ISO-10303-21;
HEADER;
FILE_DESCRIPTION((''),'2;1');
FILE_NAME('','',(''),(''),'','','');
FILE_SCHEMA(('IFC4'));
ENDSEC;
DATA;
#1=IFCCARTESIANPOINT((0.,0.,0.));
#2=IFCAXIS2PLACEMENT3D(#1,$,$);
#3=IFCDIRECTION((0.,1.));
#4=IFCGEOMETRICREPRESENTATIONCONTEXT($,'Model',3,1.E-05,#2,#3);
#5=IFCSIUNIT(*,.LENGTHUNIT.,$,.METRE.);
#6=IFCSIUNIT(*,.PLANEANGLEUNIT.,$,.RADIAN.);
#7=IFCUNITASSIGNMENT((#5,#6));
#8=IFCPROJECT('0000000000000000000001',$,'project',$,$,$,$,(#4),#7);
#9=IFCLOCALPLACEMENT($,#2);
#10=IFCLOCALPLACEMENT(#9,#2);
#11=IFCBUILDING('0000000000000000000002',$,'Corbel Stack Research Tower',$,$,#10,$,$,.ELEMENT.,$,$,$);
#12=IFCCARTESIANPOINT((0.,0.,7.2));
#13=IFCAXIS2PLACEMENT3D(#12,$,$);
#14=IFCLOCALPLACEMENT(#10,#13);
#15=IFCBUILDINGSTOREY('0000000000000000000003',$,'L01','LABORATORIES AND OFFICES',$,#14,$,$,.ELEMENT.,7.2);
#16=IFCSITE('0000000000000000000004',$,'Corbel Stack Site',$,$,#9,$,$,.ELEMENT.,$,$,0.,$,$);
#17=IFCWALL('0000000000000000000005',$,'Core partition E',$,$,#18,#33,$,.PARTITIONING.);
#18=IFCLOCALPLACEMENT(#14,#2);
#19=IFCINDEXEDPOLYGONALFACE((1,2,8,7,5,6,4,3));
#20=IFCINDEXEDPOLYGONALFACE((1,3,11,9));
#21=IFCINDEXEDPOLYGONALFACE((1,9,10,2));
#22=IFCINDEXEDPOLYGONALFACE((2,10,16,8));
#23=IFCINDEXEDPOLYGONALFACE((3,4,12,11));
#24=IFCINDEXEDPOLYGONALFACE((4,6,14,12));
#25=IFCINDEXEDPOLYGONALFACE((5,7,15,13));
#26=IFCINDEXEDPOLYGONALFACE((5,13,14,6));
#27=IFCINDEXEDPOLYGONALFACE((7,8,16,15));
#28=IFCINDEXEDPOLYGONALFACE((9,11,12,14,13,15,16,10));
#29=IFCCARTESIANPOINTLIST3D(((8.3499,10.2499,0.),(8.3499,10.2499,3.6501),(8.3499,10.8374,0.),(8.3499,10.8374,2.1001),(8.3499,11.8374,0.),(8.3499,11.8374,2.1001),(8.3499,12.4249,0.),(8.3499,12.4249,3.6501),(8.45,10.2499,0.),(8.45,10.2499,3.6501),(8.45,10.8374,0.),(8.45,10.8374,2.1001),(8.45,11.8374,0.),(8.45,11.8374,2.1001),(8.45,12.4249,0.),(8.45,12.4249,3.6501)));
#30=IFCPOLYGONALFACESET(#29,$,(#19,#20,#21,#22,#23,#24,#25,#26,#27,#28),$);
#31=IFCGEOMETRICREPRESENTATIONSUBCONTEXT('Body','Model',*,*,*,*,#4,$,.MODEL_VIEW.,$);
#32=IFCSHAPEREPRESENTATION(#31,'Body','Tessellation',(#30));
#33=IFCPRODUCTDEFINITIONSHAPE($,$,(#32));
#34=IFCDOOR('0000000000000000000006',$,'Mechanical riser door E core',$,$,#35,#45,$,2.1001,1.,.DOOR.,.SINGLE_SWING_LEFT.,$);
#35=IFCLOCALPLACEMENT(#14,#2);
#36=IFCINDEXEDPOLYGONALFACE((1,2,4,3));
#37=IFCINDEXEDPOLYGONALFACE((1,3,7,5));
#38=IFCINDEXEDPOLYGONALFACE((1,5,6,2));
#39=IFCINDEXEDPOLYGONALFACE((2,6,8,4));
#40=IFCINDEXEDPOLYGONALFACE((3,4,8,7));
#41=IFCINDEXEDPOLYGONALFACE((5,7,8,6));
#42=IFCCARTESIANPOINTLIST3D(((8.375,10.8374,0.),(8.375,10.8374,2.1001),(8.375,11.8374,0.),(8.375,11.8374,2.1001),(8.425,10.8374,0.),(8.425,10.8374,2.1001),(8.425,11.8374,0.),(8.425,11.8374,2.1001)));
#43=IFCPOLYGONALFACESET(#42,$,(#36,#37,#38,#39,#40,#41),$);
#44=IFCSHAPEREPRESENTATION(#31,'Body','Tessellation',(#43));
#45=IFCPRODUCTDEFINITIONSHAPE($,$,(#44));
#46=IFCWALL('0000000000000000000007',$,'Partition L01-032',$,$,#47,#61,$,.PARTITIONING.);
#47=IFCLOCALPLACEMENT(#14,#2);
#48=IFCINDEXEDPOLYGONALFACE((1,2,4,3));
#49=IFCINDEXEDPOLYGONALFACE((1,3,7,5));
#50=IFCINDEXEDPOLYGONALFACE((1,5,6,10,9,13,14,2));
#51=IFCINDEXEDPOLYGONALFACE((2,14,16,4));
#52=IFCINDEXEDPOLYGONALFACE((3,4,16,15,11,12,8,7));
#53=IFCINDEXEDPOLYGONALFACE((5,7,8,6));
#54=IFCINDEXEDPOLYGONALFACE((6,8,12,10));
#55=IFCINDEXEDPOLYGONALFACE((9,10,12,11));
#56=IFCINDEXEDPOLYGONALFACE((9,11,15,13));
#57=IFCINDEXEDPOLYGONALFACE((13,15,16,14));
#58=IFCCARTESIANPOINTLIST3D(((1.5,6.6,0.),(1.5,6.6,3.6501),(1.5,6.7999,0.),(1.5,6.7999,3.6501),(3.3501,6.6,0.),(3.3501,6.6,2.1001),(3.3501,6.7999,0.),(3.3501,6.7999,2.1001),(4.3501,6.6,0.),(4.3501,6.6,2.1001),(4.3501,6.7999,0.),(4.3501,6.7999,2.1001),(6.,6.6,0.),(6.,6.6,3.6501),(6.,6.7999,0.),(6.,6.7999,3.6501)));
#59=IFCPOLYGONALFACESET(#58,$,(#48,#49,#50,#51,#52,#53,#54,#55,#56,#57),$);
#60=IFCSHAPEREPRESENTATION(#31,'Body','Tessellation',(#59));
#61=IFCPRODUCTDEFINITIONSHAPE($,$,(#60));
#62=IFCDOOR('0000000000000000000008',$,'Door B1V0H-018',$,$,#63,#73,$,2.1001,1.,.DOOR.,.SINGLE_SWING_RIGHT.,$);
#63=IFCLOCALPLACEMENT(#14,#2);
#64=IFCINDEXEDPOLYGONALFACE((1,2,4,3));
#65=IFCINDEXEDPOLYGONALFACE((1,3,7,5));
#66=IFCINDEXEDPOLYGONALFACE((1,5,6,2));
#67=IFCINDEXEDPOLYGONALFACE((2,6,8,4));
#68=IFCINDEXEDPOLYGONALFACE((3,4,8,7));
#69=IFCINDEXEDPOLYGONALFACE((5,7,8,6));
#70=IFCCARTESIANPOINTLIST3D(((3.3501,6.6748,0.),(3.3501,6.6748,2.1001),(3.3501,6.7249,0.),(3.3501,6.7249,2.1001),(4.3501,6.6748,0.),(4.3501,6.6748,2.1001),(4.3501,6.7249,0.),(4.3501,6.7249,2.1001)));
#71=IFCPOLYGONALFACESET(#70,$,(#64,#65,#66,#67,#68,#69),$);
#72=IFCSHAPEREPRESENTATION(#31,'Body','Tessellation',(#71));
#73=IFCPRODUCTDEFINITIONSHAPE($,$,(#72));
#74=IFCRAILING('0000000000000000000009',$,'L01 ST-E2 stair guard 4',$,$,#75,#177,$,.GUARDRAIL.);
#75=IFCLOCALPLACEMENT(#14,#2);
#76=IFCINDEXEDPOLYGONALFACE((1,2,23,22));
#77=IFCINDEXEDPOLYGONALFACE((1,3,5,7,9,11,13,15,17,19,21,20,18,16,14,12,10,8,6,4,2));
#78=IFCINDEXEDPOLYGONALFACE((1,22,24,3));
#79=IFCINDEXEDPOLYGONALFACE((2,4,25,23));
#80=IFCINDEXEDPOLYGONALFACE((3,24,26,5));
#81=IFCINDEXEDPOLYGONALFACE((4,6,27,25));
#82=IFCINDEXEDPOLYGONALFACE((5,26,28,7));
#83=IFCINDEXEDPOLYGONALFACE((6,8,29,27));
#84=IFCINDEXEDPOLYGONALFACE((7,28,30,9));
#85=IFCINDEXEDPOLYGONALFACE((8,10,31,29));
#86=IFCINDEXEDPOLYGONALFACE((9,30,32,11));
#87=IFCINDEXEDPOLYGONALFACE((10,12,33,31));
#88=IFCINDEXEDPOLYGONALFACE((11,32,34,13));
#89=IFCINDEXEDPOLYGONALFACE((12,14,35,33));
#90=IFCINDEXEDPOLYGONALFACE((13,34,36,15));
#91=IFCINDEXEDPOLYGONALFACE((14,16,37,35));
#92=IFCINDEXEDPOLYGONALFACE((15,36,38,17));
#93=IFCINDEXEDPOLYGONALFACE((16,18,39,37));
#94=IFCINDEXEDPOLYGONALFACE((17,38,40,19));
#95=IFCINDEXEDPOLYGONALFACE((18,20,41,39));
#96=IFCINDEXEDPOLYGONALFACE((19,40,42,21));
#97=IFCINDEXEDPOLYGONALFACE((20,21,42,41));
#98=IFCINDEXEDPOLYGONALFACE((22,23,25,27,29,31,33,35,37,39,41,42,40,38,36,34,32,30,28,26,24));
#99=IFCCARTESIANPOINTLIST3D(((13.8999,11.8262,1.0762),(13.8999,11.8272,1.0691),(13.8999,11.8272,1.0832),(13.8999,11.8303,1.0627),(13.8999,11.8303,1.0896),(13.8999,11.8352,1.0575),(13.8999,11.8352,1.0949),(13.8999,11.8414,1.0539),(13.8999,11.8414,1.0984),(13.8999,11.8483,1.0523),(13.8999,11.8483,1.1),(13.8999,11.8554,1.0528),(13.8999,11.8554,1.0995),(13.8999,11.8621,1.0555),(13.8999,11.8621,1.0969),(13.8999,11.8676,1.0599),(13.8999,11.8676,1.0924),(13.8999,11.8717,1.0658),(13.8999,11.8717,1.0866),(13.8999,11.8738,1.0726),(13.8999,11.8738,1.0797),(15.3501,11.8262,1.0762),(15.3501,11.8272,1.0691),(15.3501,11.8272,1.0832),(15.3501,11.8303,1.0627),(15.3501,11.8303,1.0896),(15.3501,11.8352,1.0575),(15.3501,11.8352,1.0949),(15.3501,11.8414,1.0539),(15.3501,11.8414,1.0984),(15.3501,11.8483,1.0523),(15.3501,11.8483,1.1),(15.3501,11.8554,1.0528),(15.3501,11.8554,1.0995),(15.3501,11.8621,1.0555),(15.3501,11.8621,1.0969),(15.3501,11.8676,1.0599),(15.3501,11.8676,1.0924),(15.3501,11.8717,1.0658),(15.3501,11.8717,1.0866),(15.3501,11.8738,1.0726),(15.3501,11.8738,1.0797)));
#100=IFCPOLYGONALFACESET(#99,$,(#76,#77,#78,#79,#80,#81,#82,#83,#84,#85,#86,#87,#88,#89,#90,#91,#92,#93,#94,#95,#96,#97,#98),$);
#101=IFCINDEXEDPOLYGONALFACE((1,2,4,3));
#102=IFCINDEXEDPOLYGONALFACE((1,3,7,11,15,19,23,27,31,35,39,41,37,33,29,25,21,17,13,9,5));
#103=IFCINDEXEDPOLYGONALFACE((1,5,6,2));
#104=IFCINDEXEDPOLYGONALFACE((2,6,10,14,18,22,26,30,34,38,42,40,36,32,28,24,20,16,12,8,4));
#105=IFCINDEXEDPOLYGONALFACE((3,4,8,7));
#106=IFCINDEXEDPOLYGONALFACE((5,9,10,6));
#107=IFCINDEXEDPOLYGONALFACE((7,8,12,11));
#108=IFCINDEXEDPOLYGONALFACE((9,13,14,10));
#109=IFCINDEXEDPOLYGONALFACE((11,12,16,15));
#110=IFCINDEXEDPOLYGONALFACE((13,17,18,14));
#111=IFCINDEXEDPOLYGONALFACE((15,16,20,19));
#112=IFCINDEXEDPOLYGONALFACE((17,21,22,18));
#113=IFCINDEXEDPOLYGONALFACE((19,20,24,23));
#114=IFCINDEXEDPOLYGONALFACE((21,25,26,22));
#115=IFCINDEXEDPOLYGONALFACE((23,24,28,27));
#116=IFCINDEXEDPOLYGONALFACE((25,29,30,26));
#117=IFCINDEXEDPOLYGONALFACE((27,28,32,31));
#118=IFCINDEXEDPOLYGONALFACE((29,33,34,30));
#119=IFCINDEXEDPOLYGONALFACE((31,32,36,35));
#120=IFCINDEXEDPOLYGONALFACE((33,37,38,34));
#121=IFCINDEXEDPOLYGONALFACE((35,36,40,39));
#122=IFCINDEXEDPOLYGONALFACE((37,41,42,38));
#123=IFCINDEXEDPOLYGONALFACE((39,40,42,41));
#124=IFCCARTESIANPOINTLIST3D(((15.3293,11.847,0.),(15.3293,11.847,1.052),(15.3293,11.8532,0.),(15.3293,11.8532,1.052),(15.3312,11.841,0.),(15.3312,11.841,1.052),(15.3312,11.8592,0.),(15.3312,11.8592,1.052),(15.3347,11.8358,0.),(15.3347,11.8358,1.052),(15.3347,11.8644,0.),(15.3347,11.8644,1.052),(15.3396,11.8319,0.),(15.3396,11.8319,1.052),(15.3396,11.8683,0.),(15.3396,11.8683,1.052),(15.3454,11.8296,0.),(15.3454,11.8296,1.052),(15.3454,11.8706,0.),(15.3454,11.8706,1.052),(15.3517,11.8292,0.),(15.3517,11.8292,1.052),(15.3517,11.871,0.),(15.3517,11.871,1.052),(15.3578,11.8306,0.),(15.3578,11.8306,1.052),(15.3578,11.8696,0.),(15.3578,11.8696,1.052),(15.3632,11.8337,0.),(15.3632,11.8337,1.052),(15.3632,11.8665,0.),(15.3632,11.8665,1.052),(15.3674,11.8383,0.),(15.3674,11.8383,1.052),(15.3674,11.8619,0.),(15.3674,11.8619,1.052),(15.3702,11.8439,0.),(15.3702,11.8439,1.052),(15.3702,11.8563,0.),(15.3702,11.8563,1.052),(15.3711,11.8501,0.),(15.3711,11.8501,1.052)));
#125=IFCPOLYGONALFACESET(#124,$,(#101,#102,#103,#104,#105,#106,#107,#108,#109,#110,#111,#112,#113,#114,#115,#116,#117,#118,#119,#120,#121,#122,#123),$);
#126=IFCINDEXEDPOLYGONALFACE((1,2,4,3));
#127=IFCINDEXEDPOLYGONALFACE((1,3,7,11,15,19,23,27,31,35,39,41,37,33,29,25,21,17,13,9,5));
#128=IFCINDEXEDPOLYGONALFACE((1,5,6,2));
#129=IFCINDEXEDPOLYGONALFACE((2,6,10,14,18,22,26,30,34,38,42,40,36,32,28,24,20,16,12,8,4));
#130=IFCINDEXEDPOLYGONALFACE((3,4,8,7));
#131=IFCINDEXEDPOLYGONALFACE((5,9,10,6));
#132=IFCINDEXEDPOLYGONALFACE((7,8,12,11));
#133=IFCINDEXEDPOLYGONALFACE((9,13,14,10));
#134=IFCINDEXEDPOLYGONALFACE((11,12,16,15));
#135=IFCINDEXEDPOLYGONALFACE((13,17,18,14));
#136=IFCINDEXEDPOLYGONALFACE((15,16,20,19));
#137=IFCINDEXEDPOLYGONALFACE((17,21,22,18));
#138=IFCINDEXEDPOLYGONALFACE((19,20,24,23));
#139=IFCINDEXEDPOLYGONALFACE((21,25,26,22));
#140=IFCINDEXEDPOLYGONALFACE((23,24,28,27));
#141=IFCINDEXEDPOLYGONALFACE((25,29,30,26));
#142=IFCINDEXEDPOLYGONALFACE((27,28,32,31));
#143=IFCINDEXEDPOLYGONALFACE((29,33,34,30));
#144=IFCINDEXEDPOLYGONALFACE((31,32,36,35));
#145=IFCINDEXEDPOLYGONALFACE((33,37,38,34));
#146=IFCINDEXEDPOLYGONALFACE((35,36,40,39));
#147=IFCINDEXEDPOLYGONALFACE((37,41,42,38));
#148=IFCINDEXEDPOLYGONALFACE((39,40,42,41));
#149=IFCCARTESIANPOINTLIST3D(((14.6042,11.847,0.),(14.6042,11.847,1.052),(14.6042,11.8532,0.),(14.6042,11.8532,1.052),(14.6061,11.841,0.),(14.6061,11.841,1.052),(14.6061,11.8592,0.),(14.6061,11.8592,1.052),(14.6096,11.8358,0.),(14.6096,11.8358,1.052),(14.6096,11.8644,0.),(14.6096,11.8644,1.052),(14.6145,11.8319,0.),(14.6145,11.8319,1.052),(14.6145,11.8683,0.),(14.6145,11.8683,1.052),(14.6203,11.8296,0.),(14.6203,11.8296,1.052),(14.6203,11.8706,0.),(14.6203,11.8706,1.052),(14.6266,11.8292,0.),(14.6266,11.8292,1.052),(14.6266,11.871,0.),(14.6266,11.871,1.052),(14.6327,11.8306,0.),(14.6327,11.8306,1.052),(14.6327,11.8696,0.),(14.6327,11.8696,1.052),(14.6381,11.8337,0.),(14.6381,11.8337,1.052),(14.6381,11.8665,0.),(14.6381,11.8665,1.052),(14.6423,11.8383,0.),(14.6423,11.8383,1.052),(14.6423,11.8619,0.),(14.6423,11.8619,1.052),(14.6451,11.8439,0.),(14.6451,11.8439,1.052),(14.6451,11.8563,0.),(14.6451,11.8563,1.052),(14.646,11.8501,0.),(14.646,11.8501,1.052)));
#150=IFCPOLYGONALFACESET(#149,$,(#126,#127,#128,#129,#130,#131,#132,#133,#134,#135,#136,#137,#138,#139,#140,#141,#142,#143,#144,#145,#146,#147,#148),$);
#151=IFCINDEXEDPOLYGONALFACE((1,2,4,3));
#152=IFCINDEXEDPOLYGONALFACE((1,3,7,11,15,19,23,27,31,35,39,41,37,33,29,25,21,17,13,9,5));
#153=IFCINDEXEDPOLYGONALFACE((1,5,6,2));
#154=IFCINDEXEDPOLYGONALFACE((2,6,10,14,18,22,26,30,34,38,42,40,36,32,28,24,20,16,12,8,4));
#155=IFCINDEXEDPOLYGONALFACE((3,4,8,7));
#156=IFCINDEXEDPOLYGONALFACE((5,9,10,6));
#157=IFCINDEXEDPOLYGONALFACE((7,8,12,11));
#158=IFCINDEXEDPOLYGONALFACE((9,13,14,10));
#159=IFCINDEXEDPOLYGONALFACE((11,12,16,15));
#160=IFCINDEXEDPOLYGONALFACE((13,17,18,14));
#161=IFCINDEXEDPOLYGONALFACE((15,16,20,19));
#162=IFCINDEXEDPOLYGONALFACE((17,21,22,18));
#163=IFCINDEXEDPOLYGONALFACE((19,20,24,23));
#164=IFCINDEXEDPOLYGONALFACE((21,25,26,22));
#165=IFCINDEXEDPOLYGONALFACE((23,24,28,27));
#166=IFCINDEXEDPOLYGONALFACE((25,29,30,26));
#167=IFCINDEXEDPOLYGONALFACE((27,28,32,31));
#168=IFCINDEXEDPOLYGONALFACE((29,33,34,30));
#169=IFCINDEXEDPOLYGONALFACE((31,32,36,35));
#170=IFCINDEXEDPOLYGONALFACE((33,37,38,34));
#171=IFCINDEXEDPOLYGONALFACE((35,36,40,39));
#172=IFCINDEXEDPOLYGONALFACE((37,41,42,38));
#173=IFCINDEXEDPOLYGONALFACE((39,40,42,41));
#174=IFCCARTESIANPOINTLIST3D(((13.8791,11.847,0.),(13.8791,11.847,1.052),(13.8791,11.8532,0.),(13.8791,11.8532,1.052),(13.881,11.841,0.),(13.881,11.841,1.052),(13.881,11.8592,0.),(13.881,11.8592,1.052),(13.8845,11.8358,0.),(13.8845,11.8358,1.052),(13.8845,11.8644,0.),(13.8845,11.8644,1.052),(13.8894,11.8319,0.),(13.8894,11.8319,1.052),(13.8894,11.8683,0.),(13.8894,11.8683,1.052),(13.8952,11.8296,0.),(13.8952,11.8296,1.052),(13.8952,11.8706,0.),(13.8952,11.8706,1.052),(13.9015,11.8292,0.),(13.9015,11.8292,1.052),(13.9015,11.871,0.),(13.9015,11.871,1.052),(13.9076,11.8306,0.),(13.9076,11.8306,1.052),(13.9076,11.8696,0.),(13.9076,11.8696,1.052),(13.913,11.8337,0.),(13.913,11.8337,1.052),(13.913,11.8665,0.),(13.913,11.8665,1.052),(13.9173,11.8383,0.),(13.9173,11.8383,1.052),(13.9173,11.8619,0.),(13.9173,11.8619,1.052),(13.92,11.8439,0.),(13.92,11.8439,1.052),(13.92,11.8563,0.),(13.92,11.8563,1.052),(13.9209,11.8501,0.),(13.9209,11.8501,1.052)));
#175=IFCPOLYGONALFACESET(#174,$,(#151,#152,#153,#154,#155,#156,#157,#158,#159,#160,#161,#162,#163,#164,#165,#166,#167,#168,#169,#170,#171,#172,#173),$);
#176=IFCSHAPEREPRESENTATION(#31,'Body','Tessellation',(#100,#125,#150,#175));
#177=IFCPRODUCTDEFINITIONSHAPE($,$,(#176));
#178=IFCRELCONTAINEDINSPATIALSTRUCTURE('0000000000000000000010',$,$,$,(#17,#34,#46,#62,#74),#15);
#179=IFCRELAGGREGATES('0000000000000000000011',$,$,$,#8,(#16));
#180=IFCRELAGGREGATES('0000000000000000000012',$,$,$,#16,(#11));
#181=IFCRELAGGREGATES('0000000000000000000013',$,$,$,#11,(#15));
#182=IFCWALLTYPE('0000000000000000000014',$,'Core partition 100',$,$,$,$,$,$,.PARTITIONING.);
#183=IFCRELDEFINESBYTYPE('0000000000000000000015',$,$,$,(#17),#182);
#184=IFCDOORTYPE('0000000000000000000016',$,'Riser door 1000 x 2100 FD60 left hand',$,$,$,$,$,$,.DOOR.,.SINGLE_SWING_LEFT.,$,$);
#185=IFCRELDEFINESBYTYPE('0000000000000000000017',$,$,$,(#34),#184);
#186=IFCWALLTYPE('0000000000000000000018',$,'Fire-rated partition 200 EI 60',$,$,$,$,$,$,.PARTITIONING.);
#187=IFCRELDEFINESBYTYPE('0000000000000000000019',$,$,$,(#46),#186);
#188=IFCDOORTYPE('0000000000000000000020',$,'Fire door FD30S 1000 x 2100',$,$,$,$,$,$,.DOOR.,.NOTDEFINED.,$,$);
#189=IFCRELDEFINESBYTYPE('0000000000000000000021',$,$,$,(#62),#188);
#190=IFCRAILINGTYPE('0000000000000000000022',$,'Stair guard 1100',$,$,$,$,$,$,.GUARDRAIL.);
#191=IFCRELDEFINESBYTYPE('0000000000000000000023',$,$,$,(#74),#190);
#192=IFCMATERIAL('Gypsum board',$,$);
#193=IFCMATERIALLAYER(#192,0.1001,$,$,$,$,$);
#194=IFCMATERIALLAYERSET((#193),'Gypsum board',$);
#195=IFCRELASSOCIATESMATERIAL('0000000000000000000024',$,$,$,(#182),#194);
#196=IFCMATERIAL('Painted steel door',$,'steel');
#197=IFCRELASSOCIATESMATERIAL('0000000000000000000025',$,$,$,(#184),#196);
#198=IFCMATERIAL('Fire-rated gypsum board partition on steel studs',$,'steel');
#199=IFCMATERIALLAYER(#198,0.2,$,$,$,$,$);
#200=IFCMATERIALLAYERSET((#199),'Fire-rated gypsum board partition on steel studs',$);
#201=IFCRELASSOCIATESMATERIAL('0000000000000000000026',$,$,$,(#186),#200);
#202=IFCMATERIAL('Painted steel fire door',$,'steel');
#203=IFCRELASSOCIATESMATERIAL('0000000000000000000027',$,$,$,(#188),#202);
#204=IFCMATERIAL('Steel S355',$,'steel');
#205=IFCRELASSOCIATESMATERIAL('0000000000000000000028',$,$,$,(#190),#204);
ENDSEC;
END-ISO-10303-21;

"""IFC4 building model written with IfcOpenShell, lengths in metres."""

from ifc_helpers import new_model, si_unit, direction, frame, frame_2d, origin, origin_2d, place, context, subcontext, project, spatial, rectangle, circle, extrude, material, layer, layer_set, type_object, element, fill, save


model = new_model("IFC4")

# Units and contexts
model_context = context("Model", 3, precision=1e-05, world=origin(), true_north=direction((0.0, 1.0)))
body_context = subcontext(model_context, "Body", "Model", "MODEL_VIEW")
ifc_project = project(units=[si_unit("LENGTHUNIT", "METRE"), si_unit("PLANEANGLEUNIT", "RADIAN")], contexts=[model_context])

# Site, building, storey
site_placement = place(None, origin())
site = spatial("IfcSite", under=ifc_project, at=site_placement, Name="Corbel Stack Site", CompositionType="ELEMENT", RefElevation=0.0)
building_placement = place(site_placement, origin())
building = spatial("IfcBuilding", under=site, at=building_placement, Name="Corbel Stack Research Tower", CompositionType="ELEMENT")
storey_placement = place(building_placement, frame((0.0, 0.0, 7.2)))
storey = spatial("IfcBuildingStorey", under=building, at=storey_placement, Name="L01", Description="LABORATORIES AND OFFICES", CompositionType="ELEMENT", Elevation=7.2)

# Walls, openings, doors
ifc_material_1 = material(Name="Gypsum board")
ifc_layer_1 = layer(ifc_material_1, 0.1001)
ifc_layer_set_1 = layer_set([ifc_layer_1], Name="Gypsum board")
wall_type_1 = type_object("IfcWallType", Name="Core partition 100", PredefinedType="PARTITIONING", material=ifc_layer_set_1)
wall_1_placement = place(storey_placement, frame((8.3999, 10.25, 0.0), z_axis=(0.0, 0.0, 1.0), x_axis=(0.0, 1.0, 0.0)))
wall_1 = element("IfcWall", 1, at=wall_1_placement, inside=storey, type_object=wall_type_1, Name="Core partition E", PredefinedType="PARTITIONING", context=body_context, shape_type="SweptSolid", body=[
    extrude(rectangle(XDim=2.175, YDim=0.1001, at=frame_2d((1.0874, 0.0))), origin(), (0.0, 0.0, 1.0), 3.6501),
])
opening_1_placement = place(wall_1_placement, frame((0.5874, 0.0, 0.0)))
opening_1 = element("IfcOpeningElement", 2, at=opening_1_placement, cuts=wall_1, PredefinedType="OPENING", context=body_context, shape_type="SweptSolid", body=[
    extrude(rectangle(XDim=1.0, YDim=2.1001, at=frame_2d((0.5, 1.05))), frame((0.0, 0.0601, 0.0), z_axis=(0.0, -1.0, 0.0), x_axis=(1.0, 0.0, 0.0)), (0.0, 0.0, 1.0), 0.1201),
])
ifc_material_2 = material(Name="Painted steel door", Category="steel")
door_type_1 = type_object("IfcDoorType", Name="Riser door 1000 x 2100 FD60 left hand", OperationType="SINGLE_SWING_LEFT", PredefinedType="DOOR", material=ifc_material_2)
door_1_placement = place(opening_1_placement, origin())
door_1 = element("IfcDoor", 3, at=door_1_placement, inside=storey, type_object=door_type_1, Name="Mechanical riser door E core", OperationType="SINGLE_SWING_LEFT", OverallHeight=2.1001, OverallWidth=1.0, PredefinedType="DOOR", context=body_context, shape_type="SweptSolid", body=[
    extrude(rectangle(XDim=1.0, YDim=2.1001, at=frame_2d((0.5, 1.05))), frame((0.0, 0.0249, 0.0), z_axis=(0.0, -1.0, 0.0), x_axis=(1.0, 0.0, 0.0)), (0.0, 0.0, 1.0), 0.05),
])
fill(opening_1, door_1)
ifc_material_3 = material(Name="Fire-rated gypsum board partition on steel studs", Category="steel")
ifc_layer_2 = layer(ifc_material_3, 0.2)
ifc_layer_set_2 = layer_set([ifc_layer_2], Name="Fire-rated gypsum board partition on steel studs")
wall_type_2 = type_object("IfcWallType", Name="Fire-rated partition 200 EI 60", PredefinedType="PARTITIONING", material=ifc_layer_set_2)
wall_2_placement = place(storey_placement, frame((1.5, 6.7, 0.0), z_axis=(0.0, 0.0, 1.0), x_axis=(1.0, 0.0, 0.0)))
wall_2 = element("IfcWall", 4, at=wall_2_placement, inside=storey, type_object=wall_type_2, Name="Partition L01-032", PredefinedType="PARTITIONING", context=body_context, shape_type="SweptSolid", body=[
    extrude(rectangle(XDim=4.5, YDim=0.2, at=frame_2d((2.25, 0.0))), origin(), (0.0, 0.0, 1.0), 3.6501),
])
opening_2_placement = place(wall_2_placement, frame((1.8501, 0.0, 0.0)))
opening_2 = element("IfcOpeningElement", 5, at=opening_2_placement, cuts=wall_2, PredefinedType="OPENING", context=body_context, shape_type="SweptSolid", body=[
    extrude(rectangle(XDim=1.0, YDim=2.1001, at=frame_2d((0.5, 1.05))), frame((0.0, 0.1099, 0.0), z_axis=(0.0, -1.0, 0.0), x_axis=(1.0, 0.0, 0.0)), (0.0, 0.0, 1.0), 0.22),
])
ifc_material_4 = material(Name="Painted steel fire door", Category="steel")
door_type_2 = type_object("IfcDoorType", Name="Fire door FD30S 1000 x 2100", OperationType="NOTDEFINED", PredefinedType="DOOR", material=ifc_material_4)
door_2_placement = place(opening_2_placement, origin())
door_2 = element("IfcDoor", 6, at=door_2_placement, inside=storey, type_object=door_type_2, Name="Door B1V0H-018", OperationType="SINGLE_SWING_RIGHT", OverallHeight=2.1001, OverallWidth=1.0, PredefinedType="DOOR", context=body_context, shape_type="SweptSolid", body=[
    extrude(rectangle(XDim=1.0, YDim=2.1001, at=frame_2d((0.5, 1.05))), frame((0.0, 0.0249, 0.0), z_axis=(0.0, -1.0, 0.0), x_axis=(1.0, 0.0, 0.0)), (0.0, 0.0, 1.0), 0.05),
])
fill(opening_2, door_2)

# Railing
ifc_material_5 = material(Name="Steel S355", Category="steel")
railing_type = type_object("IfcRailingType", Name="Stair guard 1100", PredefinedType="GUARDRAIL", material=ifc_material_5)
railing_placement = place(storey_placement, frame((15.3501, 11.8501, 0.0)))
element("IfcRailing", 7, at=railing_placement, inside=storey, type_object=railing_type, Name="L01 ST-E2 stair guard 4", PredefinedType="GUARDRAIL", context=body_context, shape_type="SweptSolid", body=[
    extrude(circle(Radius=0.0239, at=origin_2d()), frame((0.0, 0.0, 1.0762), z_axis=(-1.0, 0.0, 0.0), x_axis=(0.0, -1.0, 0.0)), (0.0, 0.0, 1.0), 1.4502),
    extrude(circle(Radius=0.021, at=origin_2d()), origin(), (0.0, 0.0, 1.0), 1.052),
    extrude(circle(Radius=0.021, at=origin_2d()), frame((-0.7251, 0.0, 0.0)), (0.0, 0.0, 1.0), 1.052),
    extrude(circle(Radius=0.021, at=origin_2d()), frame((-1.4502, 0.0, 0.0)), (0.0, 0.0, 1.0), 1.052),
])

save(model, "model.ifc")
